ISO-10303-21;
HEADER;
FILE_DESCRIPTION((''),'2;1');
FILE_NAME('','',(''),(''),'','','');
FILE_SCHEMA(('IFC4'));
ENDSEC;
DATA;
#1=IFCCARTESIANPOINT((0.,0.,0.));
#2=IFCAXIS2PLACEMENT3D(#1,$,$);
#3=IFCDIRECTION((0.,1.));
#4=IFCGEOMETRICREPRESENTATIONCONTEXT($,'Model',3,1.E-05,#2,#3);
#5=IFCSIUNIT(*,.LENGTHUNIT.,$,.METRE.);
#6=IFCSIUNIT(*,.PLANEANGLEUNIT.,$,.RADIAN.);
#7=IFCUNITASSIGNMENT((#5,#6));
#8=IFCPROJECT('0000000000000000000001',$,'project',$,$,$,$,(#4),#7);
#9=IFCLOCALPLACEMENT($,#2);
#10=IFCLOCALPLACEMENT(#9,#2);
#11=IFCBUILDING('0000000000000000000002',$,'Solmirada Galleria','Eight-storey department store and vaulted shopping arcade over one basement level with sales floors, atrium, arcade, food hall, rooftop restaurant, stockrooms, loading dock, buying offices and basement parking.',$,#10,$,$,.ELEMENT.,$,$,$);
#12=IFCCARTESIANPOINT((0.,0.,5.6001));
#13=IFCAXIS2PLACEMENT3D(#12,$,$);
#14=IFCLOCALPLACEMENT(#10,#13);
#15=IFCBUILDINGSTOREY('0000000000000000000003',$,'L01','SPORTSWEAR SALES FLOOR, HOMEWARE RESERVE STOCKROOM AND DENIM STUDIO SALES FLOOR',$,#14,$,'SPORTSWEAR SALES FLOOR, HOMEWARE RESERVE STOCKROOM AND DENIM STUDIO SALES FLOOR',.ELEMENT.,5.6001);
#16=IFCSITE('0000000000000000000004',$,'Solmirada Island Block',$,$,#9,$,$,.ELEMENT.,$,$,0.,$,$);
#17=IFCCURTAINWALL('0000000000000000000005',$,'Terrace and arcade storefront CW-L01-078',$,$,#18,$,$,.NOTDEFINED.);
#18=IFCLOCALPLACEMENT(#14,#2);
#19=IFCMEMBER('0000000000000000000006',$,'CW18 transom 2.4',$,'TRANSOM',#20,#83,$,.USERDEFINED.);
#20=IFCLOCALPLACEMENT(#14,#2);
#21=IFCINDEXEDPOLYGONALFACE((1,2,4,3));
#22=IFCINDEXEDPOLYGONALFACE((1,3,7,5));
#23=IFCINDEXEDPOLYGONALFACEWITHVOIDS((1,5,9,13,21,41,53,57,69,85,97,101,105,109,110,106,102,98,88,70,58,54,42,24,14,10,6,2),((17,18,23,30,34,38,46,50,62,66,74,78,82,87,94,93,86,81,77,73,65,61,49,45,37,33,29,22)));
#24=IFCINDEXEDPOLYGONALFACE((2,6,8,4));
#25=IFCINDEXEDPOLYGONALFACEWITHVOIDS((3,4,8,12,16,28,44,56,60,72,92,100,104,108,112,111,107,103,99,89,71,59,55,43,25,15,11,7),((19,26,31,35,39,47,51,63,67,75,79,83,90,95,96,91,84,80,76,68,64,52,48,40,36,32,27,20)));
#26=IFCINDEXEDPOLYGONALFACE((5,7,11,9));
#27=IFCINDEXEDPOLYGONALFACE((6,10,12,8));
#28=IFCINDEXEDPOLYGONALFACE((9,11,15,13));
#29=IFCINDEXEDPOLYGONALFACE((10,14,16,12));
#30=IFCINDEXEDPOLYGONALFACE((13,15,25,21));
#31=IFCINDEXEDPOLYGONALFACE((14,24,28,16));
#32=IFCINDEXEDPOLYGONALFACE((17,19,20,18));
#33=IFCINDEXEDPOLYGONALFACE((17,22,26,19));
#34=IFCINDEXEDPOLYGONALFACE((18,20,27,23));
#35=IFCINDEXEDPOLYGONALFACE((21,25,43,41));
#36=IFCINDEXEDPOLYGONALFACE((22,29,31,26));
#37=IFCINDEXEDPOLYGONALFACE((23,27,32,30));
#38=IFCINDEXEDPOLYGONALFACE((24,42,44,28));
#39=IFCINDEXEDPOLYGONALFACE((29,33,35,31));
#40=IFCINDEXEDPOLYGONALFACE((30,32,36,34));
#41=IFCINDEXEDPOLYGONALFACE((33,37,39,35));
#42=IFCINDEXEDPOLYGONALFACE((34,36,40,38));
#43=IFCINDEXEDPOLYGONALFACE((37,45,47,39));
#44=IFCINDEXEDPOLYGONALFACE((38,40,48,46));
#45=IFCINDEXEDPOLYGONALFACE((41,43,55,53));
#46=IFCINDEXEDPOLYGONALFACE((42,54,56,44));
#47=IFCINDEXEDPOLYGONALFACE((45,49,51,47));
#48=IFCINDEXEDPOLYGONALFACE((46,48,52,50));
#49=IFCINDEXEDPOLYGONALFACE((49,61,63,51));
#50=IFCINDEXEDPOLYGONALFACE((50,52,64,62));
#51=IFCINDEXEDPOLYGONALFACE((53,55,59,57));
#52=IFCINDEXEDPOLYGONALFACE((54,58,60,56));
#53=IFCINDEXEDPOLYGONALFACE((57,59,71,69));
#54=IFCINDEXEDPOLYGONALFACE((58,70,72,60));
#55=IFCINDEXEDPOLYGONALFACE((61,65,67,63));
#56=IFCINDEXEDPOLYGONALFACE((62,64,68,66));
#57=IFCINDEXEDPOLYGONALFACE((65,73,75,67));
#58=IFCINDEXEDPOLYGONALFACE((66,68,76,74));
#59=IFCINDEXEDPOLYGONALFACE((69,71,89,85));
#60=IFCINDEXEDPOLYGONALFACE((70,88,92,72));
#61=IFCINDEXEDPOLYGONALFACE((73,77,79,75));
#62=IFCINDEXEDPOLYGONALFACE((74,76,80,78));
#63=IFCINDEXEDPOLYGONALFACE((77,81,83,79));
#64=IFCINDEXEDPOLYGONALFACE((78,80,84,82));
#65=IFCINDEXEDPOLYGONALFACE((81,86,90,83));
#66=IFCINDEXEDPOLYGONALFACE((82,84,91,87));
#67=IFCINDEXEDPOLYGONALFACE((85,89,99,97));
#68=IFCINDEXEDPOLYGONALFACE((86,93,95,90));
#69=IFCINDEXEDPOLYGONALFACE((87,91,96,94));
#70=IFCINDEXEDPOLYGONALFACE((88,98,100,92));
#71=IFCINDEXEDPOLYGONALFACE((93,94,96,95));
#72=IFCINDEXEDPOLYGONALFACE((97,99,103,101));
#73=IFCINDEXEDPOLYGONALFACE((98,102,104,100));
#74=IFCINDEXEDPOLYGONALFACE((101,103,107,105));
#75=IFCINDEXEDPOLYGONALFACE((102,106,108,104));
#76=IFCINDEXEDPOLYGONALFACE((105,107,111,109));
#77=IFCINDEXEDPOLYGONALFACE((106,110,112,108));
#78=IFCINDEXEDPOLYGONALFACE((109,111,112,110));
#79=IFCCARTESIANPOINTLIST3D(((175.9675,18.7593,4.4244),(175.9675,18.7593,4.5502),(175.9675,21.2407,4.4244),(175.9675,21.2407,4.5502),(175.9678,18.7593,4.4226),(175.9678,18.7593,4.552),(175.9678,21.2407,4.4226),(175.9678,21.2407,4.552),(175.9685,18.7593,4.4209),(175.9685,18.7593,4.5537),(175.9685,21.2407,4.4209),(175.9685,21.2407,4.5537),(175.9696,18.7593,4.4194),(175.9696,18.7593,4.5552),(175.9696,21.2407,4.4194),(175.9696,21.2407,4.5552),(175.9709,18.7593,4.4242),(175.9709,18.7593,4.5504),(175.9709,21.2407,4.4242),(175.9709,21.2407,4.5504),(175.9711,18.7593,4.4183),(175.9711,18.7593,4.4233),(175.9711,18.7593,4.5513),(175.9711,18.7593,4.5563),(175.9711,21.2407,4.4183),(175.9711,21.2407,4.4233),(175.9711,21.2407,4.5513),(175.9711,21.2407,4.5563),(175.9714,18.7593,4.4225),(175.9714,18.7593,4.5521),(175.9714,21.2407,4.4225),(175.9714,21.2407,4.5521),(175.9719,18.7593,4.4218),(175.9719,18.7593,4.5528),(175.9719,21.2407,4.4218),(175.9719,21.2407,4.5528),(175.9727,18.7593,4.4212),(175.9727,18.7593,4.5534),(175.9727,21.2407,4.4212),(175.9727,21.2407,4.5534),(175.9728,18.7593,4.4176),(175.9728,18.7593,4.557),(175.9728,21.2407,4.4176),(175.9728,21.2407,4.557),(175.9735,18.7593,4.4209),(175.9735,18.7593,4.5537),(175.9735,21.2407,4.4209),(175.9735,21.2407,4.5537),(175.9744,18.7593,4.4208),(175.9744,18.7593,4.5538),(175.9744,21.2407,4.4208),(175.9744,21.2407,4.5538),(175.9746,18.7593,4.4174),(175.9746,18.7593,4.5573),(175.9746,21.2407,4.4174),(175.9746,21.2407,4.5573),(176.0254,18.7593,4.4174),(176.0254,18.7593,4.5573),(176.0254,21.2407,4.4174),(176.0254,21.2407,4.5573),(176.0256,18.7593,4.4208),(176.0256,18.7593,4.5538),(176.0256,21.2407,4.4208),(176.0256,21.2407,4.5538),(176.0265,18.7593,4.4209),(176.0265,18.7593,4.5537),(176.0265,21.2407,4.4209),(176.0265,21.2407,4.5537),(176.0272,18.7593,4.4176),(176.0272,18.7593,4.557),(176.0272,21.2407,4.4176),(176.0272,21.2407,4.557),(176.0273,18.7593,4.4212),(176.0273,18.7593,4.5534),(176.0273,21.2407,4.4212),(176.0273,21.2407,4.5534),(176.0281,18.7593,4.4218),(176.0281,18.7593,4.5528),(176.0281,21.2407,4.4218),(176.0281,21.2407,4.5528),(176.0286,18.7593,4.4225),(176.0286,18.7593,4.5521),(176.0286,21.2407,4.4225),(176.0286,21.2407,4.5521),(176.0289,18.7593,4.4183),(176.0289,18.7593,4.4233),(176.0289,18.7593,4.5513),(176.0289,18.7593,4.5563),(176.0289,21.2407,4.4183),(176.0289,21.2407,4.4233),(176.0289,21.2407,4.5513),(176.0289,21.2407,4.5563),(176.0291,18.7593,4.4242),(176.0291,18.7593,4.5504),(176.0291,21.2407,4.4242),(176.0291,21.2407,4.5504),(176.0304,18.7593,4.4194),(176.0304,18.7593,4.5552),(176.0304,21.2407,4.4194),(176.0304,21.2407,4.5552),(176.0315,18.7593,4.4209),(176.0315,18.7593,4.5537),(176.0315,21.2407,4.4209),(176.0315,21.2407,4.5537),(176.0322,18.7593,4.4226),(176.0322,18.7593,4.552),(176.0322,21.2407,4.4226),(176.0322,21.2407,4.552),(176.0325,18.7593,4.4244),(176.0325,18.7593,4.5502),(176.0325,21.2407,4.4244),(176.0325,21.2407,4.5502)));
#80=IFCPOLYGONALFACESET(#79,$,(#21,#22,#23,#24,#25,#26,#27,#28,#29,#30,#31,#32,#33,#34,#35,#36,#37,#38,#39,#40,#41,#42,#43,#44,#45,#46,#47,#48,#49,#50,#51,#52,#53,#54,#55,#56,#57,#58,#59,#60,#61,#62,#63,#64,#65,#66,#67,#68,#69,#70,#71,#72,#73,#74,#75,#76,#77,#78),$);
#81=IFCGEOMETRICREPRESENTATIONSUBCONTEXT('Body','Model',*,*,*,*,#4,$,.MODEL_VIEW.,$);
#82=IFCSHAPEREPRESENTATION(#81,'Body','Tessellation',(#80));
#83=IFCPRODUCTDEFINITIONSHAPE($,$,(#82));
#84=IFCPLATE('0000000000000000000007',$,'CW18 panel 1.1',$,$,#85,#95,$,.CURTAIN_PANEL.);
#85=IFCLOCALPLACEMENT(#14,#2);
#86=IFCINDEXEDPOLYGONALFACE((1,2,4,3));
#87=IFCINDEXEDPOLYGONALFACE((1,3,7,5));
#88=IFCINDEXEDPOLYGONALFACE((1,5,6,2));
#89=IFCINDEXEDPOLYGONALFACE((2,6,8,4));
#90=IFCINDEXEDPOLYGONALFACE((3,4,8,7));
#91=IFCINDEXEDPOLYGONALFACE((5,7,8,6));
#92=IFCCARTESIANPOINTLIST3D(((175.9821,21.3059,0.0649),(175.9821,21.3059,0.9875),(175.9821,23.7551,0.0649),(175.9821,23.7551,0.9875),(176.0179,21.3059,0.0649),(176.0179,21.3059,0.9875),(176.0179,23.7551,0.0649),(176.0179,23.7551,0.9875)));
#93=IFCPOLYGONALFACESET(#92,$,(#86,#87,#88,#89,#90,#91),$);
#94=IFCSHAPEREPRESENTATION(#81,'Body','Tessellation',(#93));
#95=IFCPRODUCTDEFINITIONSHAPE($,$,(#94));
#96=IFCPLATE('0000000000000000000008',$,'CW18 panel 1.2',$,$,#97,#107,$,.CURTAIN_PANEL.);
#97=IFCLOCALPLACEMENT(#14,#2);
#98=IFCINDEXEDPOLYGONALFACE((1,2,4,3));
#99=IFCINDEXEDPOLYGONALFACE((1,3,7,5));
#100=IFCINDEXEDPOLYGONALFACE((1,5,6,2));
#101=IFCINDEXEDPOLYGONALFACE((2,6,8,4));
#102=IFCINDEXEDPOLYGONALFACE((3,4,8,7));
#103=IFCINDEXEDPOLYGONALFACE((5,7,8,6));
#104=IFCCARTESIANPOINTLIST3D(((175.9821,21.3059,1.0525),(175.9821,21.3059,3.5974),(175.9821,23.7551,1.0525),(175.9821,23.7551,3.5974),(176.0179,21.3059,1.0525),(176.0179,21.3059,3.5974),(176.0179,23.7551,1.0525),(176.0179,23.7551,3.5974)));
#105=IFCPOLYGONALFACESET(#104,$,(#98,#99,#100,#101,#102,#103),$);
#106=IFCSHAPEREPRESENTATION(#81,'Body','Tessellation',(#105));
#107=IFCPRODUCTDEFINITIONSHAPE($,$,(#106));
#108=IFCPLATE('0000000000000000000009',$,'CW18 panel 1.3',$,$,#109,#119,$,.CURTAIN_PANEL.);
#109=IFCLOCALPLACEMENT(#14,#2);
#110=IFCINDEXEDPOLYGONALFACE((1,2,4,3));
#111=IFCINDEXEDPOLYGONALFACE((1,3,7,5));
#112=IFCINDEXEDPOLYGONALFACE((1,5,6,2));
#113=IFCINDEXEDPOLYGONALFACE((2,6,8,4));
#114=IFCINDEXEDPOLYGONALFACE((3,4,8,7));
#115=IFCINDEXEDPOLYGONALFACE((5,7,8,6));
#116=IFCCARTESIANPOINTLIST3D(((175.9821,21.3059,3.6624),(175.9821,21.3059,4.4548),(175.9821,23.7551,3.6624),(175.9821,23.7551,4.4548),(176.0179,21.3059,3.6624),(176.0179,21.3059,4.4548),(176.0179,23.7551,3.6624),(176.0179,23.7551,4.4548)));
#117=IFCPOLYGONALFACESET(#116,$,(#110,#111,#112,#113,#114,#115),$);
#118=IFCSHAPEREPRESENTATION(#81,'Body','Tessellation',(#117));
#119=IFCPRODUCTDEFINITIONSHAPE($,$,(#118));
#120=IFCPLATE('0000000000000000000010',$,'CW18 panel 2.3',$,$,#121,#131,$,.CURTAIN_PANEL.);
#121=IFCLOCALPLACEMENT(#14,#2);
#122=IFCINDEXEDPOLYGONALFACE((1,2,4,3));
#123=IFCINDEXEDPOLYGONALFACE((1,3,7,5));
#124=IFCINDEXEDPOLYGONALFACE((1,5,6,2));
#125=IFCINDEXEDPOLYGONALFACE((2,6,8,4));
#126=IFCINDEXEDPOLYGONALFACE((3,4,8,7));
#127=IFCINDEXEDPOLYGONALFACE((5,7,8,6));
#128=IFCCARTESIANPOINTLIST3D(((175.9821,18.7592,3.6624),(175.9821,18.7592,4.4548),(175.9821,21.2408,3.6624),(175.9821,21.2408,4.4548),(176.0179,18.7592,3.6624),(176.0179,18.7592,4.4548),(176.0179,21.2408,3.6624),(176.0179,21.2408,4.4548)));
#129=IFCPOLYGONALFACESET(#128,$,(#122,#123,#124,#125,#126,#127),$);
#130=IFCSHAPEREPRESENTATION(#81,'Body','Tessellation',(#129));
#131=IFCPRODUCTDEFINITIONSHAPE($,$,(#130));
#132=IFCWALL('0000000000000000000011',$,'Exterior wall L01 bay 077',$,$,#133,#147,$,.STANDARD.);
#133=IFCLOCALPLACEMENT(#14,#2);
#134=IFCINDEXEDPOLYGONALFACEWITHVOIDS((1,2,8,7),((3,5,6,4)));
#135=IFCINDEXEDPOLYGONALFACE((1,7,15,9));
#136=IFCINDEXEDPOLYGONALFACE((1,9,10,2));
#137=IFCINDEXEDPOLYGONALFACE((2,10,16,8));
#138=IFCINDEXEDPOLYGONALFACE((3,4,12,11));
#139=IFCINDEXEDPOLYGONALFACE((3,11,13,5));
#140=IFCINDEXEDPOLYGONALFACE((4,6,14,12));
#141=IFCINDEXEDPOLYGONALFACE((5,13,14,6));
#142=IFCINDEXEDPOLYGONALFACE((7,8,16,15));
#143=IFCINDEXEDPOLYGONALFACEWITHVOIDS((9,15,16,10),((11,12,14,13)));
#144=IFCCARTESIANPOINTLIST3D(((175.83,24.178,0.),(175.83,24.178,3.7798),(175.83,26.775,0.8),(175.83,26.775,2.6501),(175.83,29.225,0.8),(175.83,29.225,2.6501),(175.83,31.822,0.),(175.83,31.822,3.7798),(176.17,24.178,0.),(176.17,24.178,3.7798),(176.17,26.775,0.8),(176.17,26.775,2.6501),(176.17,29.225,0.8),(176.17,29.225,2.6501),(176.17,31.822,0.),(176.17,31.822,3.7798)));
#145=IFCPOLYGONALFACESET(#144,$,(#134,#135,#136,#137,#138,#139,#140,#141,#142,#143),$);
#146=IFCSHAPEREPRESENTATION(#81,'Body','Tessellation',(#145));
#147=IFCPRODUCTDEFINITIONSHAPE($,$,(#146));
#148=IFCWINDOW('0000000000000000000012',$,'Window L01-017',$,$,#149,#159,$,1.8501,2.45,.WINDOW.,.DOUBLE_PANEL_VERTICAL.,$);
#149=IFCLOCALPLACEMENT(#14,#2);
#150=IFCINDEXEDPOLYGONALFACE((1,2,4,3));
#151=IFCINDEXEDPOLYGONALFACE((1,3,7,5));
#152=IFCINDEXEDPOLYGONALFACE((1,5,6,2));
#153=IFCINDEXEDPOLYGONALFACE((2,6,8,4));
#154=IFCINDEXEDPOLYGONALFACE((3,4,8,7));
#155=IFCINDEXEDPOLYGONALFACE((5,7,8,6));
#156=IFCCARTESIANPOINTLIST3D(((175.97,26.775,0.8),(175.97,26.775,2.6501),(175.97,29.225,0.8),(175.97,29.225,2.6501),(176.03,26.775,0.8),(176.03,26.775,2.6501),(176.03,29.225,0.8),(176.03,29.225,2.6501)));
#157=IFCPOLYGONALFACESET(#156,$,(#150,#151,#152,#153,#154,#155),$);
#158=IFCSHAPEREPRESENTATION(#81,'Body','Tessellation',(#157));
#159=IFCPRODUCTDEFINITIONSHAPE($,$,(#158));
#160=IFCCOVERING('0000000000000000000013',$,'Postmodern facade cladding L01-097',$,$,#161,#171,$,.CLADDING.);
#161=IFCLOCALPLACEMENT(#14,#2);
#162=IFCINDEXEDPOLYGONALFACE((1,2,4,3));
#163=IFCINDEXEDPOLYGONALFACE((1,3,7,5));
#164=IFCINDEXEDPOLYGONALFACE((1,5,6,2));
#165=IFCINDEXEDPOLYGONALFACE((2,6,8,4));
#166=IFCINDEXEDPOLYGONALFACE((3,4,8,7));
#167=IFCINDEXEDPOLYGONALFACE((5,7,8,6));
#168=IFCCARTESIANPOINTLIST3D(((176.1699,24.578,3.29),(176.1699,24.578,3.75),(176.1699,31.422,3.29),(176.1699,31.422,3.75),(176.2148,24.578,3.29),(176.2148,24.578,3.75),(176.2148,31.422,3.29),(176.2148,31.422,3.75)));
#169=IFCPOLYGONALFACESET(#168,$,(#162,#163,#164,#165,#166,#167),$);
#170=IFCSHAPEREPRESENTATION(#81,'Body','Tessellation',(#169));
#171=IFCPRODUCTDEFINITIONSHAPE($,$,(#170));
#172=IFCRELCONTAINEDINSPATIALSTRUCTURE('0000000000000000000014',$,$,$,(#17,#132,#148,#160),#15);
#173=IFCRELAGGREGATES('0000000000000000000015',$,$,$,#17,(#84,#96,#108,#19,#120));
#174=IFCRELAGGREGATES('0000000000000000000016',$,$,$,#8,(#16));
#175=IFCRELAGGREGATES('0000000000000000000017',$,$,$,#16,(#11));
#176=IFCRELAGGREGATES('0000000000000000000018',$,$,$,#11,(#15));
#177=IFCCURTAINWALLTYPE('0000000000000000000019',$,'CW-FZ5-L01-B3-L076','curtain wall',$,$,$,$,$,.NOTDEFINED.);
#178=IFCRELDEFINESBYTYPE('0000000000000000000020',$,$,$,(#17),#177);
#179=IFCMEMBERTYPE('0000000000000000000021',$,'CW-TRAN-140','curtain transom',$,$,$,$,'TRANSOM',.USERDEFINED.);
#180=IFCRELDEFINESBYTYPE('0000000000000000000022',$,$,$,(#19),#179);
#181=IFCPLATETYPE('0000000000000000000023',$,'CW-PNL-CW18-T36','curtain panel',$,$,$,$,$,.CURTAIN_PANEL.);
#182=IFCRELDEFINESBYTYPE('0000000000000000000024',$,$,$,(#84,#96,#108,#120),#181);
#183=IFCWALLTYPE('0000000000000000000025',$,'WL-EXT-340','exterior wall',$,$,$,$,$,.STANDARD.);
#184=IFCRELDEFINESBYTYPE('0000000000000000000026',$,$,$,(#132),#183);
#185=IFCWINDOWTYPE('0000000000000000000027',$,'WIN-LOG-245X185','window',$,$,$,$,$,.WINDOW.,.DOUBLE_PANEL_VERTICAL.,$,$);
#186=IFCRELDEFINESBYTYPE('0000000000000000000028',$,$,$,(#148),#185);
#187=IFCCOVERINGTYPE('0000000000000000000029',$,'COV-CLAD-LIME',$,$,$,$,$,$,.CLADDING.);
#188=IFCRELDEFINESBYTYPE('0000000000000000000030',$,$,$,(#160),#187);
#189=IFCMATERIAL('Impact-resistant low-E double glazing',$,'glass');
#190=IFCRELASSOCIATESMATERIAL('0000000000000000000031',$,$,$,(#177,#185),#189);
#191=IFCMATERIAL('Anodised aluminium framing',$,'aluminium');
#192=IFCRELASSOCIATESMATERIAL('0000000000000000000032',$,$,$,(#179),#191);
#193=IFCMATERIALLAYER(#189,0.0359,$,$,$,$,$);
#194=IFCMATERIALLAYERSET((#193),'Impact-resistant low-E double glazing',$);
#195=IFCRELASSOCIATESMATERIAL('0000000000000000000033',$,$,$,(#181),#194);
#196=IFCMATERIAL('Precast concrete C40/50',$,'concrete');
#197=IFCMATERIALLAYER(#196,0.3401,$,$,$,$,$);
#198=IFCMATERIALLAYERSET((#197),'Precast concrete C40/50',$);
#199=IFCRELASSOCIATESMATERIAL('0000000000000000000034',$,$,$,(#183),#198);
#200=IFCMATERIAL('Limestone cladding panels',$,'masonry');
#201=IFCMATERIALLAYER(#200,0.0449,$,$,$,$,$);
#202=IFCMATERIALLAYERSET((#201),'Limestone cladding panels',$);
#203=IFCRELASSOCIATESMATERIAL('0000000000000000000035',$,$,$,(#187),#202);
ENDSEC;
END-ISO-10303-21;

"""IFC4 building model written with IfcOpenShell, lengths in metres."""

from ifc_helpers import new_model, si_unit, direction, frame, frame_2d, origin, origin_2d, place, context, subcontext, project, spatial, rectangle, hollow_rectangle, extrude, material, layer, layer_set, material_profile, profile_set, type_object, element, fill, aggregate, save


model = new_model("IFC4")

# Units and contexts
model_context = context("Model", 3, precision=1e-05, world=origin(), true_north=direction((0.0, 1.0)))
body_context = subcontext(model_context, "Body", "Model", "MODEL_VIEW")
ifc_project = project(units=[si_unit("LENGTHUNIT", "METRE"), si_unit("PLANEANGLEUNIT", "RADIAN")], contexts=[model_context])

# Site, building, storey
site_placement = place(None, origin())
site = spatial("IfcSite", under=ifc_project, at=site_placement, Name="Solmirada Island Block", CompositionType="ELEMENT", RefElevation=0.0)
building_placement = place(site_placement, origin())
building = spatial("IfcBuilding", under=site, at=building_placement, Name="Solmirada Galleria", Description="Eight-storey department store and vaulted shopping arcade over one basement level with sales floors, atrium, arcade, food hall, rooftop restaurant, stockrooms, loading dock, buying offices and basement parking.", CompositionType="ELEMENT")
storey_placement = place(building_placement, frame((0.0, 0.0, 5.6001)))
storey = spatial("IfcBuildingStorey", under=building, at=storey_placement, Name="L01", Description="SPORTSWEAR SALES FLOOR, HOMEWARE RESERVE STOCKROOM AND DENIM STUDIO SALES FLOOR", LongName="SPORTSWEAR SALES FLOOR, HOMEWARE RESERVE STOCKROOM AND DENIM STUDIO SALES FLOOR", CompositionType="ELEMENT", Elevation=5.6001)

# Curtain wall, member, plates
ifc_material_1 = material(Name="Impact-resistant low-E double glazing", Category="glass")
curtain_wall_type = type_object("IfcCurtainWallType", Name="CW-FZ5-L01-B3-L076", Description="curtain wall", PredefinedType="NOTDEFINED", material=ifc_material_1)
curtain_wall_placement = place(storey_placement, origin())
curtain_wall = element("IfcCurtainWall", 1, at=curtain_wall_placement, inside=storey, type_object=curtain_wall_type, Name="Terrace and arcade storefront CW-L01-078", PredefinedType="NOTDEFINED")
ifc_material_2 = material(Name="Anodised aluminium framing", Category="aluminium")
ifc_material_profile_1 = material_profile(ifc_material_2, hollow_rectangle(XDim=0.0649, YDim=0.1399, WallThickness=0.0034, InnerFilletRadius=0.0034, OuterFilletRadius=0.0071, at=origin_2d()), Name="ALU-TRAN-140X65")
ifc_profile_set_1 = profile_set([ifc_material_profile_1], Name="Anodised aluminium framing")
member_type_1 = type_object("IfcMemberType", Name="CW-TRAN-140", Description="curtain transom", ElementType="TRANSOM", PredefinedType="USERDEFINED", material=ifc_profile_set_1)
member_1_placement = place(storey_placement, frame((176.0, 21.2407, 4.4873), z_axis=(0.0, -1.0, 0.0), x_axis=(1.0, 0.0, 0.0)))
member_1 = element("IfcMember", 2, at=member_1_placement, type_object=member_type_1, Name="CW18 transom 2.4", ObjectType="TRANSOM", PredefinedType="USERDEFINED", context=body_context, shape_type="SweptSolid", body=[
    extrude(hollow_rectangle(XDim=0.0649, YDim=0.1399, WallThickness=0.0034, InnerFilletRadius=0.0034, OuterFilletRadius=0.0071, at=origin_2d()), origin(), (0.0, 0.0, 1.0), 2.4814),
])
ifc_layer_1 = layer(ifc_material_1, 0.0359)
ifc_layer_set_1 = layer_set([ifc_layer_1], Name="Impact-resistant low-E double glazing")
plate_type = type_object("IfcPlateType", Name="CW-PNL-CW18-T36", Description="curtain panel", PredefinedType="CURTAIN_PANEL", material=ifc_layer_set_1)
plate_1_placement = place(storey_placement, frame((176.0, 22.5305, 0.0649), z_axis=(0.0, 0.0, 1.0), x_axis=(0.0, -1.0, 0.0)))
plate_1 = element("IfcPlate", 3, at=plate_1_placement, type_object=plate_type, Name="CW18 panel 1.1", PredefinedType="CURTAIN_PANEL", context=body_context, shape_type="SweptSolid", body=[
    extrude(rectangle(XDim=2.4492, YDim=0.0359, at=origin_2d()), origin(), (0.0, 0.0, 1.0), 0.9226),
])
plate_2_placement = place(storey_placement, frame((176.0, 22.5305, 1.0525), z_axis=(0.0, 0.0, 1.0), x_axis=(0.0, -1.0, 0.0)))
plate_2 = element("IfcPlate", 4, at=plate_2_placement, type_object=plate_type, Name="CW18 panel 1.2", PredefinedType="CURTAIN_PANEL", context=body_context, shape_type="SweptSolid", body=[
    extrude(rectangle(XDim=2.4492, YDim=0.0359, at=origin_2d()), origin(), (0.0, 0.0, 1.0), 2.5449),
])
plate_3_placement = place(storey_placement, frame((176.0, 22.5305, 3.6624), z_axis=(0.0, 0.0, 1.0), x_axis=(0.0, -1.0, 0.0)))
plate_3 = element("IfcPlate", 5, at=plate_3_placement, type_object=plate_type, Name="CW18 panel 1.3", PredefinedType="CURTAIN_PANEL", context=body_context, shape_type="SweptSolid", body=[
    extrude(rectangle(XDim=2.4492, YDim=0.0359, at=origin_2d()), origin(), (0.0, 0.0, 1.0), 0.7925),
])
plate_4_placement = place(storey_placement, frame((176.0, 20.0, 3.6624), z_axis=(0.0, 0.0, 1.0), x_axis=(0.0, -1.0, 0.0)))
plate_4 = element("IfcPlate", 6, at=plate_4_placement, type_object=plate_type, Name="CW18 panel 2.3", PredefinedType="CURTAIN_PANEL", context=body_context, shape_type="SweptSolid", body=[
    extrude(rectangle(XDim=2.4817, YDim=0.0359, at=origin_2d()), origin(), (0.0, 0.0, 1.0), 0.7925),
])
aggregate(curtain_wall, [plate_1, plate_2, plate_3, member_1, plate_4])

# Wall, opening, window
ifc_material_3 = material(Name="Precast concrete C40/50", Category="concrete")
ifc_layer_2 = layer(ifc_material_3, 0.3401)
ifc_layer_set_2 = layer_set([ifc_layer_2], Name="Precast concrete C40/50")
wall_type = type_object("IfcWallType", Name="WL-EXT-340", Description="exterior wall", PredefinedType="STANDARD", material=ifc_layer_set_2)
wall_placement = place(storey_placement, frame((176.0, 31.822, 0.0), z_axis=(0.0, 0.0, 1.0), x_axis=(0.0, -1.0, 0.0)))
wall = element("IfcWall", 7, at=wall_placement, inside=storey, type_object=wall_type, Name="Exterior wall L01 bay 077", PredefinedType="STANDARD", context=body_context, shape_type="SweptSolid", body=[
    extrude(rectangle(XDim=7.644, YDim=0.3401, at=frame_2d((3.822, 0.0))), origin(), (0.0, 0.0, 1.0), 3.7798),
])
opening_placement = place(wall_placement, frame((2.5969, 0.0, 0.8)))
opening = element("IfcOpeningElement", 8, at=opening_placement, cuts=wall, PredefinedType="OPENING", context=body_context, shape_type="SweptSolid", body=[
    extrude(rectangle(XDim=2.45, YDim=1.8501, at=frame_2d((1.2251, 0.925))), frame((0.0, 0.1799, 0.0), z_axis=(0.0, -1.0, 0.0), x_axis=(1.0, 0.0, 0.0)), (0.0, 0.0, 1.0), 0.3601),
])
window_type = type_object("IfcWindowType", Name="WIN-LOG-245X185", Description="window", PartitioningType="DOUBLE_PANEL_VERTICAL", PredefinedType="WINDOW", material=ifc_material_1)
window_placement = place(opening_placement, origin())
window = element("IfcWindow", 9, at=window_placement, inside=storey, type_object=window_type, Name="Window L01-017", OverallHeight=1.8501, OverallWidth=2.45, PartitioningType="DOUBLE_PANEL_VERTICAL", PredefinedType="WINDOW", context=body_context, shape_type="SweptSolid", body=[
    extrude(rectangle(XDim=2.45, YDim=1.8501, at=frame_2d((1.2251, 0.925))), frame((0.0, 0.03, 0.0), z_axis=(0.0, -1.0, 0.0), x_axis=(1.0, 0.0, 0.0)), (0.0, 0.0, 1.0), 0.0601),
])
fill(opening, window)

# Covering
ifc_material_4 = material(Name="Limestone cladding panels", Category="masonry")
ifc_layer_3 = layer(ifc_material_4, 0.0449)
ifc_layer_set_3 = layer_set([ifc_layer_3], Name="Limestone cladding panels")
covering_type = type_object("IfcCoveringType", Name="COV-CLAD-LIME", PredefinedType="CLADDING", material=ifc_layer_set_3)
covering_placement = place(storey_placement, frame((176.1924, 28.0, 3.29), z_axis=(0.0, 0.0, 1.0), x_axis=(0.0, -1.0, 0.0)))
element("IfcCovering", 10, at=covering_placement, inside=storey, type_object=covering_type, Name="Postmodern facade cladding L01-097", PredefinedType="CLADDING", context=body_context, shape_type="SweptSolid", body=[
    extrude(rectangle(XDim=6.844, YDim=0.0449, at=origin_2d()), origin(), (0.0, 0.0, 1.0), 0.46),
])

save(model, "model.ifc")
